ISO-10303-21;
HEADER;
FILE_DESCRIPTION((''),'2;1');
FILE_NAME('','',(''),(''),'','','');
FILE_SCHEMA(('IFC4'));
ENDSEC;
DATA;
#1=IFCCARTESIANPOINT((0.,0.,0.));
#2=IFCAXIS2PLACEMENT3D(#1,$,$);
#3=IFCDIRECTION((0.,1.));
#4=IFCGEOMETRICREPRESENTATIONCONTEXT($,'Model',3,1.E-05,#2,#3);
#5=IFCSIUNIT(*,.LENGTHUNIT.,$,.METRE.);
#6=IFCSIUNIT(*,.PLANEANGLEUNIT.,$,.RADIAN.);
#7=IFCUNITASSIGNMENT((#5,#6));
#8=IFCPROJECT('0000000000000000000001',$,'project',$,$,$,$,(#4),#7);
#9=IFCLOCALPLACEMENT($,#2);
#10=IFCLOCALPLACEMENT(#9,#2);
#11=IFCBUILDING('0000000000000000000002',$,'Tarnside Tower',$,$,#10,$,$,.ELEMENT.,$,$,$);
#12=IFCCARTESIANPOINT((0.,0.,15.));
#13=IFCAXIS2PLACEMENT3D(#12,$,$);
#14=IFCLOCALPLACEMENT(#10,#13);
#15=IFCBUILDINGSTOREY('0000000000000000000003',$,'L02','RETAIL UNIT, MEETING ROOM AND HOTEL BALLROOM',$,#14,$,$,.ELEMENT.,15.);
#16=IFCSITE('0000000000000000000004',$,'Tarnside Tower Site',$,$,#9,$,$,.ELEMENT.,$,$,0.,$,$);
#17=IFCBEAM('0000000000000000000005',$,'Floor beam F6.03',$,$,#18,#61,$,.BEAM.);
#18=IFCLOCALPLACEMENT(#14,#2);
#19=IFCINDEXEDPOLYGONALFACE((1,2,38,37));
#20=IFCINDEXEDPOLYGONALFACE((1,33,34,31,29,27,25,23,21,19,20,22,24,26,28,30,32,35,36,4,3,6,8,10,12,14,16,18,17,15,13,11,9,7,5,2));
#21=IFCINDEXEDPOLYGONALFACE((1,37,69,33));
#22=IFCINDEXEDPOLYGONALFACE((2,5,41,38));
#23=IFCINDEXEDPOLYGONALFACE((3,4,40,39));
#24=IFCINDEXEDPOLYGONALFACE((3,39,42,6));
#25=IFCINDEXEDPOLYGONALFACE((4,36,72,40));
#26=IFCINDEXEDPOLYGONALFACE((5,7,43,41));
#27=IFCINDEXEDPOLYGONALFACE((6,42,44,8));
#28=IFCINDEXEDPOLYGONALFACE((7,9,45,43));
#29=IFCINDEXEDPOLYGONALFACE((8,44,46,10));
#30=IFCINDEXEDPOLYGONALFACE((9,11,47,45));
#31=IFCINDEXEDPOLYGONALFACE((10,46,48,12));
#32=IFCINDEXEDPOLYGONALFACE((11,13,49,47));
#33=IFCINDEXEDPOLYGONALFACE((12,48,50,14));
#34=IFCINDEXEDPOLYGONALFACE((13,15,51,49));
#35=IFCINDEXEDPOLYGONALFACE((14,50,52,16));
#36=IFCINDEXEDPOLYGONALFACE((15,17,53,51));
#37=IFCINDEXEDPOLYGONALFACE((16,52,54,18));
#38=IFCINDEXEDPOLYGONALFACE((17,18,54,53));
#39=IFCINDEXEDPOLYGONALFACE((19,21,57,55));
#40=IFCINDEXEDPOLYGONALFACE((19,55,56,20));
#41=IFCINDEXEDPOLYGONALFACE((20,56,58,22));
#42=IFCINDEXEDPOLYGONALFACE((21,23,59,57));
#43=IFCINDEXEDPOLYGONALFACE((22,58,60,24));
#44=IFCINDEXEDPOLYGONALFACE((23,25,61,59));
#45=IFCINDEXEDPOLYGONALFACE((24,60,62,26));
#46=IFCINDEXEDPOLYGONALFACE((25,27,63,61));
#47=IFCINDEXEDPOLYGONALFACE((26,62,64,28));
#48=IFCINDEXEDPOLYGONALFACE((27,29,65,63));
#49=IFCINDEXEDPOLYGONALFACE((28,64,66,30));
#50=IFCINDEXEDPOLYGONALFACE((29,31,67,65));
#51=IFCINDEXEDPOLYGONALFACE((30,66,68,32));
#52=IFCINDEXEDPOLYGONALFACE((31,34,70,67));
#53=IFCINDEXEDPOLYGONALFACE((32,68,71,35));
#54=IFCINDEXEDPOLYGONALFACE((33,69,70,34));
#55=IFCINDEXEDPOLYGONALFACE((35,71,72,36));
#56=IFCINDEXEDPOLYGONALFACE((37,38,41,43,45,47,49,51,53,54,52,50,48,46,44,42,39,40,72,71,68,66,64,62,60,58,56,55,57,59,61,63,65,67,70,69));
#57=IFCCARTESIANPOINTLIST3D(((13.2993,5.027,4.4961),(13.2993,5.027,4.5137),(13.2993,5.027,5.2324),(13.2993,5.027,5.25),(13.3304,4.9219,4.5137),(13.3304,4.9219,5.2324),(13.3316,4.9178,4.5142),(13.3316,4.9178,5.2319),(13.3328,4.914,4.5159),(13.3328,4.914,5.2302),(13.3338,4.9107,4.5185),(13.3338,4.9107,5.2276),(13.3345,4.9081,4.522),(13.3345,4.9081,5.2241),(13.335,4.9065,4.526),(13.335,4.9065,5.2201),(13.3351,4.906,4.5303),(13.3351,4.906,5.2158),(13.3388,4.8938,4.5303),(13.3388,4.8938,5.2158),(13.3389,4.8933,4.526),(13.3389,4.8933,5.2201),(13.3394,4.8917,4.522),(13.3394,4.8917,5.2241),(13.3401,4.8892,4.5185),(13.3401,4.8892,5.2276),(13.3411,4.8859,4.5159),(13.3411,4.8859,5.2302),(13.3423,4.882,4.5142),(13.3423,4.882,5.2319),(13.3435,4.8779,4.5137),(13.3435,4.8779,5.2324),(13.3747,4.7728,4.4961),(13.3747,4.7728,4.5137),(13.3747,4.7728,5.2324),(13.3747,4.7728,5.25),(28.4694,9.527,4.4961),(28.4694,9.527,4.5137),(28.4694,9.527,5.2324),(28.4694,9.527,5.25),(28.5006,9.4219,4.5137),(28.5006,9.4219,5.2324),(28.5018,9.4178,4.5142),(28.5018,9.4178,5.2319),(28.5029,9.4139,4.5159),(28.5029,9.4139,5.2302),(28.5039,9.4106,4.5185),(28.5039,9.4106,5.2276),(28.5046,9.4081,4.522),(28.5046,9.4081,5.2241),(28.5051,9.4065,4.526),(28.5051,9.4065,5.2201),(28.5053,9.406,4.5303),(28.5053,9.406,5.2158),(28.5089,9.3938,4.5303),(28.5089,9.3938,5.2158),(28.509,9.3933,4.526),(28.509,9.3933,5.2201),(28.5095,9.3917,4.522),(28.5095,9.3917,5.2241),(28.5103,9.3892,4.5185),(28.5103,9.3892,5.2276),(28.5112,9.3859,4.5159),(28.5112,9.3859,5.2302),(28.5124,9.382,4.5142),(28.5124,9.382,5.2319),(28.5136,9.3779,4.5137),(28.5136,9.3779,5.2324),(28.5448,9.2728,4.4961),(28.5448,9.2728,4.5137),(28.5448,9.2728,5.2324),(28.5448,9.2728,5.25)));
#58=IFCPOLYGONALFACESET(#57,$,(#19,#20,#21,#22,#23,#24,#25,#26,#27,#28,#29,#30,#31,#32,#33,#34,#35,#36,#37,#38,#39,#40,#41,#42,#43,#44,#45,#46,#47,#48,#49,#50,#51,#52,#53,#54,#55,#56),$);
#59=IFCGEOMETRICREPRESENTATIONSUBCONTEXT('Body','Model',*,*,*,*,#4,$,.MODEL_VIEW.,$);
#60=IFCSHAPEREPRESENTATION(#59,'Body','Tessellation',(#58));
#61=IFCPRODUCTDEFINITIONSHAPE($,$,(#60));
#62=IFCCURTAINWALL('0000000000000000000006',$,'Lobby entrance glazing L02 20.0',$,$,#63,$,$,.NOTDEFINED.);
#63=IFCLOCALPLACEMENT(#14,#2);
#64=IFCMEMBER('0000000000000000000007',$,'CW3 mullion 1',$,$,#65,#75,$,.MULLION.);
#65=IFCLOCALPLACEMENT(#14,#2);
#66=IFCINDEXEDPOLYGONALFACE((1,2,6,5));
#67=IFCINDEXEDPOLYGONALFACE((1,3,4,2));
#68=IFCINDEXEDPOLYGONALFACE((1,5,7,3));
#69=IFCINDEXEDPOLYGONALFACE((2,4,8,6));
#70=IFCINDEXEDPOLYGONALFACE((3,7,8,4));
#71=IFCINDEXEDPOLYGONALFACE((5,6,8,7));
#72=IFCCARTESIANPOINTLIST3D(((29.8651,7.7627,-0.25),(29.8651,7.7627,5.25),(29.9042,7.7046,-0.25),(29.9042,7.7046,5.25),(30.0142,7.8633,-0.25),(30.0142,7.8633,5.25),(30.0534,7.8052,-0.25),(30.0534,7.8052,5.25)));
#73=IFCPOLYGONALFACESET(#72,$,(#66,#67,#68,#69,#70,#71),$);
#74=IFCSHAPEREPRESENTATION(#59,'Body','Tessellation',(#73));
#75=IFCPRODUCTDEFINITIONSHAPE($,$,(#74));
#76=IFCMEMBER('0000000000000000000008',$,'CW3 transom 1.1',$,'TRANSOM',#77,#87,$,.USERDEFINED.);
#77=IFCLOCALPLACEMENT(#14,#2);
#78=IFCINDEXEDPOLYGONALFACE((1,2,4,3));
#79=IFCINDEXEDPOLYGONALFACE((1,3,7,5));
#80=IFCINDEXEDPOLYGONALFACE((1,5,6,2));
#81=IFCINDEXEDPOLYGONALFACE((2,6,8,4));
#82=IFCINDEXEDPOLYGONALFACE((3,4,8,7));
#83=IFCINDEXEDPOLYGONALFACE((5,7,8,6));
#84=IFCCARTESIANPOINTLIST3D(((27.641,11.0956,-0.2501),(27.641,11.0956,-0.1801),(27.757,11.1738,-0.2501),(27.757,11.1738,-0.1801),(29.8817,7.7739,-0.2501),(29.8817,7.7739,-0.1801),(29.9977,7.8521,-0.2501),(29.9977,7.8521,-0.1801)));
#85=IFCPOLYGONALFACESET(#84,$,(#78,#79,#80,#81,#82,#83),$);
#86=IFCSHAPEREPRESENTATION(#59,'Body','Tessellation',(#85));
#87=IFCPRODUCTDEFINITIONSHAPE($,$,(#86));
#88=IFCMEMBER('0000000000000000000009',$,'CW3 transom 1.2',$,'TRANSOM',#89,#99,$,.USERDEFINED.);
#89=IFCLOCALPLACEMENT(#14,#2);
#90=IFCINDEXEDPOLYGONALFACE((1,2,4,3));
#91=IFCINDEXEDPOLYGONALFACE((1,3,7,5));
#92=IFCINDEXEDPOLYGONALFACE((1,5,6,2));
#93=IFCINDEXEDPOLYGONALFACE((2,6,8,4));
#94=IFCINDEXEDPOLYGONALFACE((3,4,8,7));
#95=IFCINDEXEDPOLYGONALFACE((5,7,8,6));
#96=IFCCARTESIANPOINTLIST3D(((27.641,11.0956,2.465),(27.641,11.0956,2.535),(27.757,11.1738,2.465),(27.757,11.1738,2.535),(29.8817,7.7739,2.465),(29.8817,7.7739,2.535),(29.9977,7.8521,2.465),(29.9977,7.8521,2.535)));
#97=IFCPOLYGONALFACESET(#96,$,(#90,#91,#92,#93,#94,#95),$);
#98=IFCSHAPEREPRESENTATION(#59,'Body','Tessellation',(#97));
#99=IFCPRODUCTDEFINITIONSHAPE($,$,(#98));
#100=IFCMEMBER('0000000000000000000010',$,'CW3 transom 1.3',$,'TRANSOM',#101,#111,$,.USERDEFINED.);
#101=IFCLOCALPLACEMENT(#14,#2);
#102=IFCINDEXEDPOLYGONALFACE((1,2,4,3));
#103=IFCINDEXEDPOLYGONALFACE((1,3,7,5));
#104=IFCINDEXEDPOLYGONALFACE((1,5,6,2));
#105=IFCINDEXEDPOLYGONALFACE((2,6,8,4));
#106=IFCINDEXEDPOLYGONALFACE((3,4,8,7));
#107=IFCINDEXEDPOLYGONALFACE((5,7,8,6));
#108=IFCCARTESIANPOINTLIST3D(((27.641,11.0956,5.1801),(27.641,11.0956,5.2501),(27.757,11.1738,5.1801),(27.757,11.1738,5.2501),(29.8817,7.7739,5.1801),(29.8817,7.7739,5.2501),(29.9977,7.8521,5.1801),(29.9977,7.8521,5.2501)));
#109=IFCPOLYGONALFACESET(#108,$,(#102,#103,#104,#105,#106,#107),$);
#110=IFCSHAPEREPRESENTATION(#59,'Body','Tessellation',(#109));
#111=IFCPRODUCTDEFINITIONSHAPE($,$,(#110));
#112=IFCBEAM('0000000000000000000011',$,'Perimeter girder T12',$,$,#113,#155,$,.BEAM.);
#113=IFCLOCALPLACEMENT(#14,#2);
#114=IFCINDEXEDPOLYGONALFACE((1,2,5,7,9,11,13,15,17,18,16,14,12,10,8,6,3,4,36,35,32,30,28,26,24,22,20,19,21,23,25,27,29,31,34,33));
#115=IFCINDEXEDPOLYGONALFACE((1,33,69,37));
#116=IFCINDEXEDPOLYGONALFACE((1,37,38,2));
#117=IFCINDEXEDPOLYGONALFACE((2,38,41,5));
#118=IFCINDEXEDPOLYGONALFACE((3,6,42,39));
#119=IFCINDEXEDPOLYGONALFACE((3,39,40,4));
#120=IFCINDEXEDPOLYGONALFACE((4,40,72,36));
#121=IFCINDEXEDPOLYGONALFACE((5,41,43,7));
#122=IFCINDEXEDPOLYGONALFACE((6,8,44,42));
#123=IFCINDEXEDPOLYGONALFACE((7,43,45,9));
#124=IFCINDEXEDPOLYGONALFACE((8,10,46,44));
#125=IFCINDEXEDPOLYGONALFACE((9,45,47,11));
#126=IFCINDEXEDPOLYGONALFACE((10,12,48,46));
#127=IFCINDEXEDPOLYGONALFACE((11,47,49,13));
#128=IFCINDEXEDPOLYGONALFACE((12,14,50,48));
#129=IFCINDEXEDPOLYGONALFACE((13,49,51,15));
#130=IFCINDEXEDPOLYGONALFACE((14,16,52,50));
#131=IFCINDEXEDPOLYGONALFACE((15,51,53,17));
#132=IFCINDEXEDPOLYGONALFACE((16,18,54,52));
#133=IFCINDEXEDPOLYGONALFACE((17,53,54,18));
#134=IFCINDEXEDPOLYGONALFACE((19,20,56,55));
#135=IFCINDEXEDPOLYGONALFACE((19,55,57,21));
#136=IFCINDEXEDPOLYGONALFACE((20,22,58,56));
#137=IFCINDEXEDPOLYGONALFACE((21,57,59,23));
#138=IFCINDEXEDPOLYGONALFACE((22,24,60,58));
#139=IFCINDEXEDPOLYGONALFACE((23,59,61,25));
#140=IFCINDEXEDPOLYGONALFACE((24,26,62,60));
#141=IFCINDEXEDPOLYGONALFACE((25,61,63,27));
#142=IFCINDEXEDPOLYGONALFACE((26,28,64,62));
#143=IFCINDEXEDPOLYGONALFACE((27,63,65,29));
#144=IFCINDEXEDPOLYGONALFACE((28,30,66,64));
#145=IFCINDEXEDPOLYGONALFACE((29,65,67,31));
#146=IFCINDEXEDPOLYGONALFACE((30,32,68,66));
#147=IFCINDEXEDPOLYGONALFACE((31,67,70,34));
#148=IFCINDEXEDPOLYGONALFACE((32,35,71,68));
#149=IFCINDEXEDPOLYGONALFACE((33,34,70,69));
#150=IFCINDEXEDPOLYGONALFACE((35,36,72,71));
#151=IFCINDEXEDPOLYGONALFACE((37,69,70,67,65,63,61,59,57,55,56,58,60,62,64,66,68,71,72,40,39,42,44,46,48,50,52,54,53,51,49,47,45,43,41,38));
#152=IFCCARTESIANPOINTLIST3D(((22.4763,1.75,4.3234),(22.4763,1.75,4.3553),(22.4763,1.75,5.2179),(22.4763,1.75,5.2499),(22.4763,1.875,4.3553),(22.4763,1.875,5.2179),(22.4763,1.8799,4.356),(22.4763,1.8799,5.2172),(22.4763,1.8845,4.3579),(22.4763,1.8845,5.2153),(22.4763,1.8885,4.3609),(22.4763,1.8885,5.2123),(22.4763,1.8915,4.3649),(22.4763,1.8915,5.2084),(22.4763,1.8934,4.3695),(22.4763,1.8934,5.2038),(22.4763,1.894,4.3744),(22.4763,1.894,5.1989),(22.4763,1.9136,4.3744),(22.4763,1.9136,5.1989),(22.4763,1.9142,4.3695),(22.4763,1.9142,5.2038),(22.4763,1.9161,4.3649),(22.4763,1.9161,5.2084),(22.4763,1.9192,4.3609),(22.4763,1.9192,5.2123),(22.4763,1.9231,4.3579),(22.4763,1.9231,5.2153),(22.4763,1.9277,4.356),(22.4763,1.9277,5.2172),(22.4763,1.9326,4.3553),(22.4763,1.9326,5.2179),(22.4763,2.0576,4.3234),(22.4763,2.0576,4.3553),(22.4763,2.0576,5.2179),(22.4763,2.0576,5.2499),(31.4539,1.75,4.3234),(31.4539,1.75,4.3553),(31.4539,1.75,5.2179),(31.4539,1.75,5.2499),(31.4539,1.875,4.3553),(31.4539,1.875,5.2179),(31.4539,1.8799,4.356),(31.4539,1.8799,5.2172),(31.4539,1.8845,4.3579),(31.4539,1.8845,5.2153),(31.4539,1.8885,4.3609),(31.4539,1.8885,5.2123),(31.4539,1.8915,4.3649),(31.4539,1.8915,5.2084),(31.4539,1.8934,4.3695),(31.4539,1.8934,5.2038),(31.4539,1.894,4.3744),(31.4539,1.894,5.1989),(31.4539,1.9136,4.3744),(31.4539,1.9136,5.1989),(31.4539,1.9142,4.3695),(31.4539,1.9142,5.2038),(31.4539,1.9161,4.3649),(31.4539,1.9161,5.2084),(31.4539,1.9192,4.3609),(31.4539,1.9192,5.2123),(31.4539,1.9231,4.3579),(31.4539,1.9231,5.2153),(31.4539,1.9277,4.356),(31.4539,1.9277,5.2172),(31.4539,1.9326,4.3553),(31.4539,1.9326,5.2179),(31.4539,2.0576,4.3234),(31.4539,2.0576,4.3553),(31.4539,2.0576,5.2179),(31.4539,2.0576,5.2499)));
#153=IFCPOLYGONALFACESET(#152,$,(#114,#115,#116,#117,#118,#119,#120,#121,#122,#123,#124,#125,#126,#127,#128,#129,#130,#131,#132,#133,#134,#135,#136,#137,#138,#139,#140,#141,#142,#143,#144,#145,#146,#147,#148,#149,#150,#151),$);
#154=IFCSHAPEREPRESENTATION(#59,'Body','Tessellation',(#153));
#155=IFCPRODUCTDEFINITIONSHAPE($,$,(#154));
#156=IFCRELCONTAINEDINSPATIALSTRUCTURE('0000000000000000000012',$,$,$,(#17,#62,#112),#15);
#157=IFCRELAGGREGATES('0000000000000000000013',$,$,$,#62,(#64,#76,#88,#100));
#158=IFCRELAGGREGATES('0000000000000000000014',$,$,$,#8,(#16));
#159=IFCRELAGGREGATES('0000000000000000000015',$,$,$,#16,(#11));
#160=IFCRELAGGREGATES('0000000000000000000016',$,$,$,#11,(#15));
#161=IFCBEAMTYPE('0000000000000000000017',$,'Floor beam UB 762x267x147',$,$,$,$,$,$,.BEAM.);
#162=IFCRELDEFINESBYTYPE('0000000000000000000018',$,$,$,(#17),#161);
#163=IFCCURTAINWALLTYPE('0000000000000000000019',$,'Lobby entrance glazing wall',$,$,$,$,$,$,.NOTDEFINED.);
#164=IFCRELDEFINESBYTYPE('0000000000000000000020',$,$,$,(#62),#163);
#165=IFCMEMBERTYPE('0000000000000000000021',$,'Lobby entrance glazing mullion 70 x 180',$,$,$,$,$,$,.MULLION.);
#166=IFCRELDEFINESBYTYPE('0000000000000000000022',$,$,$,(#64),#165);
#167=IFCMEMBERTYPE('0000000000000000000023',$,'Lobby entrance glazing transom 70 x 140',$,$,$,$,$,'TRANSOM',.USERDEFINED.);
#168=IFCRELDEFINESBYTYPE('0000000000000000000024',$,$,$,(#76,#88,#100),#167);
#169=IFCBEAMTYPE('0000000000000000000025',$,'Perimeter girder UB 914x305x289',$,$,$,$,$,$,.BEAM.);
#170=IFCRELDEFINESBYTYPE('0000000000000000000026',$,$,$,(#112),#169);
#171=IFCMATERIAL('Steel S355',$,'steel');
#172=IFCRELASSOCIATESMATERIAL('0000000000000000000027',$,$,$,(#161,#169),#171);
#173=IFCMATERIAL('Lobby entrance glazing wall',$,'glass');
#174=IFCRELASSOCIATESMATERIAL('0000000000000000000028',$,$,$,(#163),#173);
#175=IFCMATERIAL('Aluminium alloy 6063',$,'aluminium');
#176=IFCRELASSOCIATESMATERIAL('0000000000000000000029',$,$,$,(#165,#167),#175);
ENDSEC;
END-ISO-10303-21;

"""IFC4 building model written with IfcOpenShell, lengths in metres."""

from ifc_helpers import new_model, si_unit, direction, frame, origin, origin_2d, place, context, subcontext, project, spatial, rectangle, i_section, extrude, material, material_profile, profile_set, type_object, element, aggregate, save


model = new_model("IFC4")

# Units and contexts
model_context = context("Model", 3, precision=1e-05, world=origin(), true_north=direction((0.0, 1.0)))
body_context = subcontext(model_context, "Body", "Model", "MODEL_VIEW")
ifc_project = project(units=[si_unit("LENGTHUNIT", "METRE"), si_unit("PLANEANGLEUNIT", "RADIAN")], contexts=[model_context])

# Site, building, storey
site_placement = place(None, origin())
site = spatial("IfcSite", under=ifc_project, at=site_placement, Name="Tarnside Tower Site", CompositionType="ELEMENT", RefElevation=0.0)
building_placement = place(site_placement, origin())
building = spatial("IfcBuilding", under=site, at=building_placement, Name="Tarnside Tower", CompositionType="ELEMENT")
storey_placement = place(building_placement, frame((0.0, 0.0, 15.0)))
storey = spatial("IfcBuildingStorey", under=building, at=storey_placement, Name="L02", Description="RETAIL UNIT, MEETING ROOM AND HOTEL BALLROOM", CompositionType="ELEMENT", Elevation=15.0)

# Beam
ifc_material_1 = material(Name="Steel S355", Category="steel")
ifc_material_profile_1 = material_profile(ifc_material_1, i_section(OverallWidth=0.2651, OverallDepth=0.7539, WebThickness=0.0127, FlangeThickness=0.0176, FilletRadius=0.0166, at=origin_2d()), Name="UB 762x267x147")
ifc_profile_set_1 = profile_set([ifc_material_profile_1], Name="Steel S355")
beam_type_1 = type_object("IfcBeamType", Name="Floor beam UB 762x267x147", PredefinedType="BEAM", material=ifc_profile_set_1)
beam_1_placement = place(storey_placement, frame((28.5071, 9.3999, 4.873), z_axis=(-0.95871, -0.284387, 0.0), x_axis=(0.284387, -0.95871, 0.0)))
element("IfcBeam", 1, at=beam_1_placement, inside=storey, type_object=beam_type_1, Name="Floor beam F6.03", PredefinedType="BEAM", context=body_context, shape_type="SweptSolid", body=[
    extrude(i_section(OverallWidth=0.2651, OverallDepth=0.7539, WebThickness=0.0127, FlangeThickness=0.0176, FilletRadius=0.0166, at=origin_2d()), origin(), (0.0, 0.0, 1.0), 15.8235),
])

# Curtain wall, members
ifc_material_2 = material(Name="Lobby entrance glazing wall", Category="glass")
curtain_wall_type = type_object("IfcCurtainWallType", Name="Lobby entrance glazing wall", PredefinedType="NOTDEFINED", material=ifc_material_2)
curtain_wall_placement = place(storey_placement, origin())
curtain_wall = element("IfcCurtainWall", 2, at=curtain_wall_placement, inside=storey, type_object=curtain_wall_type, Name="Lobby entrance glazing L02 20.0", PredefinedType="NOTDEFINED")
ifc_material_3 = material(Name="Aluminium alloy 6063", Category="aluminium")
ifc_material_profile_2 = material_profile(ifc_material_3, rectangle(XDim=0.1799, YDim=0.0701, at=origin_2d()), Name="Lobby entrance glazing mullion 70 x 180")
ifc_profile_set_2 = profile_set([ifc_material_profile_2], Name="Aluminium alloy 6063")
member_type_1 = type_object("IfcMemberType", Name="Lobby entrance glazing mullion 70 x 180", PredefinedType="MULLION", material=ifc_profile_set_2)
member_1_placement = place(storey_placement, frame((29.9592, 7.7839, -0.25), z_axis=(0.0, 0.0, 1.0), x_axis=(-0.829038, -0.559193, 0.0)))
member_1 = element("IfcMember", 3, at=member_1_placement, type_object=member_type_1, Name="CW3 mullion 1", PredefinedType="MULLION", context=body_context, shape_type="SweptSolid", body=[
    extrude(rectangle(XDim=0.1799, YDim=0.0701, at=origin_2d()), origin(), (0.0, 0.0, 1.0), 5.5),
])
ifc_material_profile_3 = material_profile(ifc_material_3, rectangle(XDim=0.1399, YDim=0.0701, at=origin_2d()), Name="Lobby entrance glazing transom 70 x 140")
ifc_profile_set_3 = profile_set([ifc_material_profile_3], Name="Aluminium alloy 6063")
member_type_2 = type_object("IfcMemberType", Name="Lobby entrance glazing transom 70 x 140", ElementType="TRANSOM", PredefinedType="USERDEFINED", material=ifc_profile_set_3)
member_2_placement = place(storey_placement, frame((29.9397, 7.813, -0.2151), z_axis=(-0.55922, 0.82902, 0.0), x_axis=(-0.82902, -0.55922, 0.0)))
member_2 = element("IfcMember", 4, at=member_2_placement, type_object=member_type_2, Name="CW3 transom 1.1", ObjectType="TRANSOM", PredefinedType="USERDEFINED", context=body_context, shape_type="SweptSolid", body=[
    extrude(rectangle(XDim=0.1399, YDim=0.0701, at=origin_2d()), origin(), (0.0, 0.0, 1.0), 4.0068),
])
member_3_placement = place(storey_placement, frame((29.9397, 7.813, 2.5), z_axis=(-0.55922, 0.82902, 0.0), x_axis=(-0.82902, -0.55922, 0.0)))
member_3 = element("IfcMember", 5, at=member_3_placement, type_object=member_type_2, Name="CW3 transom 1.2", ObjectType="TRANSOM", PredefinedType="USERDEFINED", context=body_context, shape_type="SweptSolid", body=[
    extrude(rectangle(XDim=0.1399, YDim=0.0701, at=origin_2d()), origin(), (0.0, 0.0, 1.0), 4.0068),
])
member_4_placement = place(storey_placement, frame((29.9397, 7.813, 5.2151), z_axis=(-0.55922, 0.82902, 0.0), x_axis=(-0.82902, -0.55922, 0.0)))
member_4 = element("IfcMember", 6, at=member_4_placement, type_object=member_type_2, Name="CW3 transom 1.3", ObjectType="TRANSOM", PredefinedType="USERDEFINED", context=body_context, shape_type="SweptSolid", body=[
    extrude(rectangle(XDim=0.1399, YDim=0.0701, at=origin_2d()), origin(), (0.0, 0.0, 1.0), 4.0068),
])

# Beam
ifc_material_profile_4 = material_profile(ifc_material_1, i_section(OverallWidth=0.3076, OverallDepth=0.9265, WebThickness=0.0195, FlangeThickness=0.032, FilletRadius=0.019, at=origin_2d()), Name="UB 914x305x289")
ifc_profile_set_4 = profile_set([ifc_material_profile_4], Name="Steel S355")
beam_type_2 = type_object("IfcBeamType", Name="Perimeter girder UB 914x305x289", PredefinedType="BEAM", material=ifc_profile_set_4)
beam_2_placement = place(storey_placement, frame((22.4763, 1.9038, 4.7866), z_axis=(1.0, 0.0, 0.0), x_axis=(0.0, 1.0, 0.0)))
element("IfcBeam", 7, at=beam_2_placement, inside=storey, type_object=beam_type_2, Name="Perimeter girder T12", PredefinedType="BEAM", context=body_context, shape_type="SweptSolid", body=[
    extrude(i_section(OverallWidth=0.3076, OverallDepth=0.9265, WebThickness=0.0195, FlangeThickness=0.032, FilletRadius=0.019, at=origin_2d()), origin(), (0.0, 0.0, 1.0), 8.9775),
])

aggregate(curtain_wall, [member_1, member_2, member_3, member_4])

save(model, "model.ifc")
